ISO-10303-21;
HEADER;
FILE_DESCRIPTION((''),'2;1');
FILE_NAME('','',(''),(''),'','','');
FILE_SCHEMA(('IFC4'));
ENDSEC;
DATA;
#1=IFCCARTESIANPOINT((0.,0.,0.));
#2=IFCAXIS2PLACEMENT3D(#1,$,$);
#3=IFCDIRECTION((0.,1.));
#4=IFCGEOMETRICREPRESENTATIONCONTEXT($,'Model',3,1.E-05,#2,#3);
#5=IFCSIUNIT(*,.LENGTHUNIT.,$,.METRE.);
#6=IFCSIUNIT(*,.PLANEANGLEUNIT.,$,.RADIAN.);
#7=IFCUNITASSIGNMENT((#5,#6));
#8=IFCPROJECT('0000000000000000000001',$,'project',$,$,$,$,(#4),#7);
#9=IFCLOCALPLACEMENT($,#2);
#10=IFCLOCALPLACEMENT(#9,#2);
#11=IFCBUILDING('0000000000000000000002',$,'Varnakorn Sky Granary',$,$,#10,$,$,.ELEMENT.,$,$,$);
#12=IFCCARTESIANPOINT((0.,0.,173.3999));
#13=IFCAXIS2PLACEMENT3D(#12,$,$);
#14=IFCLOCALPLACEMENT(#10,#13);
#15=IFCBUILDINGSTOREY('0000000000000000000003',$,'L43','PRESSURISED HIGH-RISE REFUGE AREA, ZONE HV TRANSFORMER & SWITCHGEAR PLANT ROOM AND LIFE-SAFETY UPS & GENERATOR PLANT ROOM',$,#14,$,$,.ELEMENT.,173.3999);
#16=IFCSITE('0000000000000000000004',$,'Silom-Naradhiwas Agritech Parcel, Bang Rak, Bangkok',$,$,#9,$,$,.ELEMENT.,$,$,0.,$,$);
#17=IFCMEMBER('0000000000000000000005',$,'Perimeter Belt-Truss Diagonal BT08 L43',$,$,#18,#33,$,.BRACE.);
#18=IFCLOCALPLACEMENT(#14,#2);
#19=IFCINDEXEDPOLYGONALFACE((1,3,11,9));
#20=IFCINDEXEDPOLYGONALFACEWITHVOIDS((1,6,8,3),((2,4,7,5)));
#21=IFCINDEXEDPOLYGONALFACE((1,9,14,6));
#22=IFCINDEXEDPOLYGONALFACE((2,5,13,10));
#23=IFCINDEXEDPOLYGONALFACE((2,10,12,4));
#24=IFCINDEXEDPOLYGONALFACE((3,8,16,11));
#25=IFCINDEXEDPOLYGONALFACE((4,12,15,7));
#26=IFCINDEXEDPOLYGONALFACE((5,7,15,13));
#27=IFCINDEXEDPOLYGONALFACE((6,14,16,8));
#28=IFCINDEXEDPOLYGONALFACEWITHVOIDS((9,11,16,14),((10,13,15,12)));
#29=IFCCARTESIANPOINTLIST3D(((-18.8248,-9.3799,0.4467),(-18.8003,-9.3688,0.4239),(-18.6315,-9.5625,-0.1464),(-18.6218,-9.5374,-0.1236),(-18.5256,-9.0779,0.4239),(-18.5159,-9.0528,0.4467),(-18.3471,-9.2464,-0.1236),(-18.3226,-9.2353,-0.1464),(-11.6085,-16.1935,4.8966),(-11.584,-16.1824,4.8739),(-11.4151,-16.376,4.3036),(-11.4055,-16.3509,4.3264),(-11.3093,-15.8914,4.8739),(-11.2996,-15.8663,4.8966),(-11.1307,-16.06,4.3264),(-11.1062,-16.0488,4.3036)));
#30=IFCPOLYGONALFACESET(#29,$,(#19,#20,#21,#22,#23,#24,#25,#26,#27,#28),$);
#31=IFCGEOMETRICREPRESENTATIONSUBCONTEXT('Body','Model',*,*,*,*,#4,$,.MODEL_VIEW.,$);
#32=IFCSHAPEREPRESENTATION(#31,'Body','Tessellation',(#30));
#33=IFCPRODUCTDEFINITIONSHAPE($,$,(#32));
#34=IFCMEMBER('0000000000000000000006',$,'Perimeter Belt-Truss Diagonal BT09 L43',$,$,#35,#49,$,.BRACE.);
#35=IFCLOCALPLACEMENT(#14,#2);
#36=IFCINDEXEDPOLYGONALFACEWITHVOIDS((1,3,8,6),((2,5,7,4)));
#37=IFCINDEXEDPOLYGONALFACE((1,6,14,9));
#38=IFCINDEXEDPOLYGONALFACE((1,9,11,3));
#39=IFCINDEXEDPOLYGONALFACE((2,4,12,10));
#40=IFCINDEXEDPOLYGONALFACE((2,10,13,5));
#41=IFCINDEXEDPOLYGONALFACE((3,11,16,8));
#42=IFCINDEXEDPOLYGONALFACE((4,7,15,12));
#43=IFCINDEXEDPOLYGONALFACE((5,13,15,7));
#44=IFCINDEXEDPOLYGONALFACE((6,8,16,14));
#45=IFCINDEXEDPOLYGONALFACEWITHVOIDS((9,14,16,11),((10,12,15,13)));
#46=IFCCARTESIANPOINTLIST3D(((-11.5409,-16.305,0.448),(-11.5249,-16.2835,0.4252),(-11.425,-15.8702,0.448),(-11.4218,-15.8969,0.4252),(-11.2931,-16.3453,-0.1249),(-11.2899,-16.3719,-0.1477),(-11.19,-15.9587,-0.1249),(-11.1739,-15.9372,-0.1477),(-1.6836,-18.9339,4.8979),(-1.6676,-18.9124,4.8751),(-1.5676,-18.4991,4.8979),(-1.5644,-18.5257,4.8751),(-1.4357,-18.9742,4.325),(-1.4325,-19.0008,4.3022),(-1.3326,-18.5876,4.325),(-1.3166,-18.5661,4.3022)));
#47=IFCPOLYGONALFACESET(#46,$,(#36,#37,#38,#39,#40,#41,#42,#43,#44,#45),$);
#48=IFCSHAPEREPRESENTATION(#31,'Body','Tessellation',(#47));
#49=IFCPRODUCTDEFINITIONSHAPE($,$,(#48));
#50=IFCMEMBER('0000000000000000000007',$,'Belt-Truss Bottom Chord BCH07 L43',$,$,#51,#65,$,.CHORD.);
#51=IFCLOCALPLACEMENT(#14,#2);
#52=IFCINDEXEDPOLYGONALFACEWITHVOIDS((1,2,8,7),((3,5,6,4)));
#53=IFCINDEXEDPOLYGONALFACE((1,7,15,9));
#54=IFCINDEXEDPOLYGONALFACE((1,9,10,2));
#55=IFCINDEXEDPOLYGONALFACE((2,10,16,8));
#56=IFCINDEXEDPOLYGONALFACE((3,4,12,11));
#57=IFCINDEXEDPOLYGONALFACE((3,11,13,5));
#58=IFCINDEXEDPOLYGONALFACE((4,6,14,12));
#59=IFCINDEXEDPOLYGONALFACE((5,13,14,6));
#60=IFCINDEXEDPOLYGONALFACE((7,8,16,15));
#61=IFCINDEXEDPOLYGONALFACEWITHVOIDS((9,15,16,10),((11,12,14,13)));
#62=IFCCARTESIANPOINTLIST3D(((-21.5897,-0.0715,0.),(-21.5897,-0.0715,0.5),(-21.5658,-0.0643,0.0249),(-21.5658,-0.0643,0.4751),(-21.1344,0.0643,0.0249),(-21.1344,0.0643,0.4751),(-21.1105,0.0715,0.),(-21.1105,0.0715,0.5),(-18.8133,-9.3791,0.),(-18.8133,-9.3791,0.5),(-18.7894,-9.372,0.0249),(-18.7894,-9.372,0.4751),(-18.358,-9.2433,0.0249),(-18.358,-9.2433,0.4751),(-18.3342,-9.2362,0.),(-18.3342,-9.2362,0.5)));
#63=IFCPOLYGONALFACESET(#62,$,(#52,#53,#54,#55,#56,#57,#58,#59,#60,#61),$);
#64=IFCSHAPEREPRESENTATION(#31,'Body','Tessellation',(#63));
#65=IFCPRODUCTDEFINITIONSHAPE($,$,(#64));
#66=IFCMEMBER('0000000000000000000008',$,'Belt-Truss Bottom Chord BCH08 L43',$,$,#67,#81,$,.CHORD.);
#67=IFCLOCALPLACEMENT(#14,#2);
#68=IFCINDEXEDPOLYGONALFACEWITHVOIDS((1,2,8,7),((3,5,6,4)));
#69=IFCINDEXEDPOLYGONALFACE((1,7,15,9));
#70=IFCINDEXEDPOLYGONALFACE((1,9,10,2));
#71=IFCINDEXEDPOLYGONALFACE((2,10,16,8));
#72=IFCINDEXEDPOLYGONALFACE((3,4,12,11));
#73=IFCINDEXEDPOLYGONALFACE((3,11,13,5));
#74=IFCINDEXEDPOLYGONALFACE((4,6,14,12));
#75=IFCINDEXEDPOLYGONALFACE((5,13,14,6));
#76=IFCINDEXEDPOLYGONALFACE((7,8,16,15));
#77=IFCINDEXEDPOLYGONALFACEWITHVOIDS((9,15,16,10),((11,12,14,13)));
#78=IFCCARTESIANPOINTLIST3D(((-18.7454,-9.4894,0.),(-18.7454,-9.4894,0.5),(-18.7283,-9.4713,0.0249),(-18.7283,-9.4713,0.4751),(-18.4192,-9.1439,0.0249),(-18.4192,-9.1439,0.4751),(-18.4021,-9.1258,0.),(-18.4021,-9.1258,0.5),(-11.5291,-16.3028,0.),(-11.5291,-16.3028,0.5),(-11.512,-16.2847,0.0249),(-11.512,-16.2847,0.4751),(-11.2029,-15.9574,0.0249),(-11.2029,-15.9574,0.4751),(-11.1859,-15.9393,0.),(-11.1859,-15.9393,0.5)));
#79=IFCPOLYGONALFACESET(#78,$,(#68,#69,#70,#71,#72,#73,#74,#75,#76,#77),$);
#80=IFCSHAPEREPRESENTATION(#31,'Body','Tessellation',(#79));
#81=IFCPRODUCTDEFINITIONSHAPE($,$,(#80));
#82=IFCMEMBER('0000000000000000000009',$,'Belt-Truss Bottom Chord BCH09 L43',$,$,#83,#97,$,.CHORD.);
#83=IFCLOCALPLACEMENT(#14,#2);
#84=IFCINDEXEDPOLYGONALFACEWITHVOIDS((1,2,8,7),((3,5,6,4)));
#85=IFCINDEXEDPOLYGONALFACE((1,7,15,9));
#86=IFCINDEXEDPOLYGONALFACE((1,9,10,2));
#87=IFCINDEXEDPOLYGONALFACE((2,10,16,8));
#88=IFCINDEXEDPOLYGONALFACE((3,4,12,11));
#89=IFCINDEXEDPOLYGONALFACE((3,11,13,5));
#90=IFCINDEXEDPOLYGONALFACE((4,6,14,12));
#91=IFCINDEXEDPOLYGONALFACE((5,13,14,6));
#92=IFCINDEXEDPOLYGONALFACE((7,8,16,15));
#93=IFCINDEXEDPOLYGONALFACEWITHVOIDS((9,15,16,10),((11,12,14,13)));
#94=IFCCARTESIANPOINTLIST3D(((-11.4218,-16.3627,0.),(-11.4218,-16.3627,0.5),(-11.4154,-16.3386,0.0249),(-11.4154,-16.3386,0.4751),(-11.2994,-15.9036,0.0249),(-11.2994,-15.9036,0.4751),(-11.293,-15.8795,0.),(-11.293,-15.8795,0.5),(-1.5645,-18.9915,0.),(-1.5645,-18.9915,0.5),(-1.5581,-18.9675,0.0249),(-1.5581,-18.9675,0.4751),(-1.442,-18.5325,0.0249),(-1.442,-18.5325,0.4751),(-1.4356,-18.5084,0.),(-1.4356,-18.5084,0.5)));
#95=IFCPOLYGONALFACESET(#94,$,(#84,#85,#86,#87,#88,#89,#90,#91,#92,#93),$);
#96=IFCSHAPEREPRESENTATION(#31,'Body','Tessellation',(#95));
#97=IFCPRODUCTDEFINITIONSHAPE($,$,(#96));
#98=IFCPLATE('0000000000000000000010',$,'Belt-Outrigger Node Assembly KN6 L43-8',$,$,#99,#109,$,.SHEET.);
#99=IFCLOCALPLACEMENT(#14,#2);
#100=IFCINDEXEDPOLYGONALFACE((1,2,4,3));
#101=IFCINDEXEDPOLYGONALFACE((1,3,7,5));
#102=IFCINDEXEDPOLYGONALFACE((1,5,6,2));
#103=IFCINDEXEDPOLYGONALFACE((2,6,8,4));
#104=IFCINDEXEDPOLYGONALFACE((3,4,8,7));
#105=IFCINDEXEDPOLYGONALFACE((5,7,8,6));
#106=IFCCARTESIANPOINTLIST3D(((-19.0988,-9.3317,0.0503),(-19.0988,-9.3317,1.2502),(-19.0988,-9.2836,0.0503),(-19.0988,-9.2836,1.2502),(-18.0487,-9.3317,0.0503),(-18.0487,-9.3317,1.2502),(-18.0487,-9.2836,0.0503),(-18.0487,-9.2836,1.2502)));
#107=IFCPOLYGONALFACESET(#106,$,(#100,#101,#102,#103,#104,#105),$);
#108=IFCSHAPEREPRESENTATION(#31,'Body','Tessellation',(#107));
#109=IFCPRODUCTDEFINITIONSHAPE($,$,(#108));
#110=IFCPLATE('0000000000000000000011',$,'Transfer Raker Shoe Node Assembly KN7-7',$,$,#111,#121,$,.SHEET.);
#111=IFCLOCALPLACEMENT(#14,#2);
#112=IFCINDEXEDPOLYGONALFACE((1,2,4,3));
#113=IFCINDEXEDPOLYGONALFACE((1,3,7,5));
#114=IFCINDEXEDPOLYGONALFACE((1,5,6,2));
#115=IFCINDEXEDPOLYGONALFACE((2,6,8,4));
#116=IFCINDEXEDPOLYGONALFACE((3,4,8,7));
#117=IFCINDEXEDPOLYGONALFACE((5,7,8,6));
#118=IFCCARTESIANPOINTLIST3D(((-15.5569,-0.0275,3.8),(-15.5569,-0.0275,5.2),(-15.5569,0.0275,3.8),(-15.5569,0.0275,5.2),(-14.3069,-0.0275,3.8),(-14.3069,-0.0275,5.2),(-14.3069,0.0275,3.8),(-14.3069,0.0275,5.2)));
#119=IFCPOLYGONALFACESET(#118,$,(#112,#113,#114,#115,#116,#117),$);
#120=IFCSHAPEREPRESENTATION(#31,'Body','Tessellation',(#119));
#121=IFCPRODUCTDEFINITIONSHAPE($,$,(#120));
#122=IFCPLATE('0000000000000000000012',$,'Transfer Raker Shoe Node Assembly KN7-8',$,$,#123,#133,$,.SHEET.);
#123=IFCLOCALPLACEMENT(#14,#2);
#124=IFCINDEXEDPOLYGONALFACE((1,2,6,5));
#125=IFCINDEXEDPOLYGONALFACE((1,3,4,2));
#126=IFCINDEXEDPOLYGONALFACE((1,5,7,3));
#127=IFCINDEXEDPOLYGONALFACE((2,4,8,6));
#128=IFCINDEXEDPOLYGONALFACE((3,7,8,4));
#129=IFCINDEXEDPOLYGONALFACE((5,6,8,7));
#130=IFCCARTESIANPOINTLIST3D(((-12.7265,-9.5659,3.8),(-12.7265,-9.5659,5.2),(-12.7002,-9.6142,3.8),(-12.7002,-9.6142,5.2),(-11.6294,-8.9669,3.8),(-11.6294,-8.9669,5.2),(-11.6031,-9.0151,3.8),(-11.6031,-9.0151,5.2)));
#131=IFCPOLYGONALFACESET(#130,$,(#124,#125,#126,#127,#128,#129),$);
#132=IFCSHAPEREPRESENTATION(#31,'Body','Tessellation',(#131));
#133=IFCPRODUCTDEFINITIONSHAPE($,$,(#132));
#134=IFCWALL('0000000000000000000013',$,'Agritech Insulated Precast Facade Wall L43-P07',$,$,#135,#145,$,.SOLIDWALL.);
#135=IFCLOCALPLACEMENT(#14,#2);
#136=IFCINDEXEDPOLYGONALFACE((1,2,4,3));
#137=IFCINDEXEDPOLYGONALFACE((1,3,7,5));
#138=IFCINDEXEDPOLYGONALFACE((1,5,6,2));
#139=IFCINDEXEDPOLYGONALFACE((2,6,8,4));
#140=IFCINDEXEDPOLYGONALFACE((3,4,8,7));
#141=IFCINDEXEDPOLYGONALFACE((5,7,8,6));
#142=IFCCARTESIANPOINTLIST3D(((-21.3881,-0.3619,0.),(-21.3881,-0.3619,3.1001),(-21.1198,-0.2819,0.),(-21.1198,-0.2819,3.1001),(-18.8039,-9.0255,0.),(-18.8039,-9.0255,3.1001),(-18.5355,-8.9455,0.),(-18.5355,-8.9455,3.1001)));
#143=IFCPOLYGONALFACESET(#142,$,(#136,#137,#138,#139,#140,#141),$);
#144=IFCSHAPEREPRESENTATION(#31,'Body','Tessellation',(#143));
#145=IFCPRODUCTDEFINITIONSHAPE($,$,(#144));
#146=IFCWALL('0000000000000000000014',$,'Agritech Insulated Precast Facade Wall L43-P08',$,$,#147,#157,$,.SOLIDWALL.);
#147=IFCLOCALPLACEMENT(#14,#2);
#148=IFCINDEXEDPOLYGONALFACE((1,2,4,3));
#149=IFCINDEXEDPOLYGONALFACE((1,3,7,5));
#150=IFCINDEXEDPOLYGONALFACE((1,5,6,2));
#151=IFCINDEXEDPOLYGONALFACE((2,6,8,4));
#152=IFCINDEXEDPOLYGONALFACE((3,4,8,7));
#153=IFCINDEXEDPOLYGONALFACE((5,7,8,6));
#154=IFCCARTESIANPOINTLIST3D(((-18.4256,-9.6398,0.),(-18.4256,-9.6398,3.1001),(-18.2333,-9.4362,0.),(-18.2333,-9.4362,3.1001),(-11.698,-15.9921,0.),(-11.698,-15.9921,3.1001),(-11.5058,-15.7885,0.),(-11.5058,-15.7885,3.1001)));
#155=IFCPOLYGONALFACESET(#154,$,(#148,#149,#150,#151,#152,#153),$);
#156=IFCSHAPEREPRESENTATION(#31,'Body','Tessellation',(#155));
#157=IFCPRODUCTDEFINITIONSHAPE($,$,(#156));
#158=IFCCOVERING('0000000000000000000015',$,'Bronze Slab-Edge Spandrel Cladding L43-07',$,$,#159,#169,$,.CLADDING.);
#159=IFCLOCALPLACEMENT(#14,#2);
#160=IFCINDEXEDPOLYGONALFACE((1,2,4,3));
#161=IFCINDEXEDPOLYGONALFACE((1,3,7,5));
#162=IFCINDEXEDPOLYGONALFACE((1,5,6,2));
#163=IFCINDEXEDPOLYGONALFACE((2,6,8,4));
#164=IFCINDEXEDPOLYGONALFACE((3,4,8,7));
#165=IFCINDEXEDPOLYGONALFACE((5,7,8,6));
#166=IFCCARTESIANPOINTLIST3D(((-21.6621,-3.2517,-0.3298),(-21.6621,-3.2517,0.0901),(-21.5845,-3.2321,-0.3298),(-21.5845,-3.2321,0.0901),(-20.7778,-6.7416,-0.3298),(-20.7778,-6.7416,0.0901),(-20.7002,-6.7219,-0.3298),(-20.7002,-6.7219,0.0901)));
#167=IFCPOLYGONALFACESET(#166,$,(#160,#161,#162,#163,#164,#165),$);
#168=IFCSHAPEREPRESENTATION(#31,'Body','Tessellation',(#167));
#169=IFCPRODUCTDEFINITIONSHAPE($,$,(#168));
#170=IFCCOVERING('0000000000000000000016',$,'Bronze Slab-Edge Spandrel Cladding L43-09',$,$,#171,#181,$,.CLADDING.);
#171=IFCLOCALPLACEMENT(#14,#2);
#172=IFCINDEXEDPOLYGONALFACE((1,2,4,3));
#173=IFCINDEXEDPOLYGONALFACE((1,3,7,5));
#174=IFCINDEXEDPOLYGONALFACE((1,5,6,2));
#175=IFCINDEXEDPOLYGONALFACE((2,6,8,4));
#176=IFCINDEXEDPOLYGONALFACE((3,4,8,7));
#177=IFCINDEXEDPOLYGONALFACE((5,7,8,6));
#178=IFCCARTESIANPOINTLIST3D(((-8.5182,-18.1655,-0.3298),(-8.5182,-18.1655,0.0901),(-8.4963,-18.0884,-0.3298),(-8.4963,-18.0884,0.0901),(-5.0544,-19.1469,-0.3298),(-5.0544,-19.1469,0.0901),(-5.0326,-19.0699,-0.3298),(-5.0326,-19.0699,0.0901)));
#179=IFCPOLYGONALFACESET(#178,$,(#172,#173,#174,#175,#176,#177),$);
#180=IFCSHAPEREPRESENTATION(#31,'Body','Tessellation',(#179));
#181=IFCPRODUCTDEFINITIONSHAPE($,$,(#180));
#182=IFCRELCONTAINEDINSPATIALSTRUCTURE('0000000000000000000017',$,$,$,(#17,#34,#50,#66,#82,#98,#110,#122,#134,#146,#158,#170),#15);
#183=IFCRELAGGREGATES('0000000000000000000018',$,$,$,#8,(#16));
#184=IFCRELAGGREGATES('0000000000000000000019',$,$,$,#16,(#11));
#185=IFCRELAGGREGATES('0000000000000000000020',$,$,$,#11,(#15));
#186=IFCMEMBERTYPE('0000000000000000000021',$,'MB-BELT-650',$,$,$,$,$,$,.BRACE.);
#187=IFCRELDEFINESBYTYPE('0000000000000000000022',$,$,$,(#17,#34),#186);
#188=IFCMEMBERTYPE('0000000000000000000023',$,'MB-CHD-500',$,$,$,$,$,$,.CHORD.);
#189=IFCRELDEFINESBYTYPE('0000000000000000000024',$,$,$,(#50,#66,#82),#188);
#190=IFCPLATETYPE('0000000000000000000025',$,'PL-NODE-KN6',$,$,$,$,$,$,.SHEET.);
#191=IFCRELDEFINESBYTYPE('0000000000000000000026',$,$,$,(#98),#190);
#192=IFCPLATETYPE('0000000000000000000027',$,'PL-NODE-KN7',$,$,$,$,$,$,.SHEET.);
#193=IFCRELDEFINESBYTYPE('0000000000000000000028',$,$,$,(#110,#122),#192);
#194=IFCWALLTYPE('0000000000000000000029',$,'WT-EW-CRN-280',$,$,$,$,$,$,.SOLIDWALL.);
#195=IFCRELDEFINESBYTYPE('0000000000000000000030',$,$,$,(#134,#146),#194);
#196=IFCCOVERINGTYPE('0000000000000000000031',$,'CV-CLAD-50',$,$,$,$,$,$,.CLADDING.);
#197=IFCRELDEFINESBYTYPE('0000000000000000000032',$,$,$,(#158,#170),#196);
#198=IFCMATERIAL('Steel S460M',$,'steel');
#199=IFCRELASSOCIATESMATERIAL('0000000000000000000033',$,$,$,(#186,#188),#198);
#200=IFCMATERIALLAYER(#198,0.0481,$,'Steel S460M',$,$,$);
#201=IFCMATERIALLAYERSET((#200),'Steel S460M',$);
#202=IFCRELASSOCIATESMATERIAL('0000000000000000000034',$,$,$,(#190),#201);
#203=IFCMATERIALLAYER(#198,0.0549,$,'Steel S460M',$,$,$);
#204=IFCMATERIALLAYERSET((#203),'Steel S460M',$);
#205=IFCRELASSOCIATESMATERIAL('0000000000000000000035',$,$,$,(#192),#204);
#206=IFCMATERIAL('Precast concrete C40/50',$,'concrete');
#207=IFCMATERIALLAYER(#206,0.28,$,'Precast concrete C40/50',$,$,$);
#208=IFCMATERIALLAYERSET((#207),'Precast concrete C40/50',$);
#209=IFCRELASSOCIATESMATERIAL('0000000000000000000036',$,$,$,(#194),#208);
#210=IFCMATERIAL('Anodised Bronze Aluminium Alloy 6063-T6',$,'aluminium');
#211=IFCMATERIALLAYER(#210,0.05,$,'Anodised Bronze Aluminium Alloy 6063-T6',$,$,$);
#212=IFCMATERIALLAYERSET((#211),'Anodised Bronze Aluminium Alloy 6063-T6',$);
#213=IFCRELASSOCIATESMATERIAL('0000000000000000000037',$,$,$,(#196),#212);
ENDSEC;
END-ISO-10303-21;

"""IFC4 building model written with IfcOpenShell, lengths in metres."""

from ifc_helpers import new_model, si_unit, direction, frame, frame_2d, origin, origin_2d, place, context, subcontext, project, spatial, rectangle, hollow_rectangle, extrude, source, transform, mapped, material, layer, layer_set, material_profile, profile_set, type_object, element, save


model = new_model("IFC4")

# Units and contexts
model_context = context("Model", 3, precision=1e-05, world=origin(), true_north=direction((0.0, 1.0)))
body_context = subcontext(model_context, "Body", "Model", "MODEL_VIEW")
ifc_project = project(units=[si_unit("LENGTHUNIT", "METRE"), si_unit("PLANEANGLEUNIT", "RADIAN")], contexts=[model_context])

# Site, building, storey
site_placement = place(None, origin())
site = spatial("IfcSite", under=ifc_project, at=site_placement, Name="Silom-Naradhiwas Agritech Parcel, Bang Rak, Bangkok", CompositionType="ELEMENT", RefElevation=0.0)
building_placement = place(site_placement, origin())
building = spatial("IfcBuilding", under=site, at=building_placement, Name="Varnakorn Sky Granary", CompositionType="ELEMENT")
storey_placement = place(building_placement, frame((0.0, 0.0, 173.3999)))
storey = spatial("IfcBuildingStorey", under=building, at=storey_placement, Name="L43", Description="PRESSURISED HIGH-RISE REFUGE AREA, ZONE HV TRANSFORMER & SWITCHGEAR PLANT ROOM AND LIFE-SAFETY UPS & GENERATOR PLANT ROOM", CompositionType="ELEMENT", Elevation=173.3999)

# Shared definitions
ifc_material_1 = material(Name="Steel S460M", Category="steel")

# Members
ifc_material_profile_1 = material_profile(ifc_material_1, hollow_rectangle(XDim=0.45, YDim=0.6499, WallThickness=0.0249, at=origin_2d()), Name="RHS 450x650x25")
ifc_profile_set_1 = profile_set([ifc_material_profile_1], Name="Steel S460M")
member_type_1 = type_object("IfcMemberType", Name="MB-BELT-650", PredefinedType="BRACE", material=ifc_profile_set_1)
member_1_placement = place(storey_placement, frame((-18.5737, -9.3076, 0.1501), z_axis=(0.66347, -0.626434, 0.40913), x_axis=(0.686521, 0.72711, 0.0)))
element("IfcMember", 1, at=member_1_placement, inside=storey, type_object=member_type_1, Name="Perimeter Belt-Truss Diagonal BT08 L43", PredefinedType="BRACE", context=body_context, shape_type="SweptSolid", body=[
    extrude(hollow_rectangle(XDim=0.45, YDim=0.6499, WallThickness=0.0249, at=origin_2d()), origin(), (0.0, 0.0, 1.0), 10.8767),
])
member_2_placement = place(storey_placement, frame((-11.3574, -16.1211, 0.1501), z_axis=(0.885644, -0.236195, 0.399808), x_axis=(0.257686, 0.966229, 0.0)))
element("IfcMember", 2, at=member_2_placement, inside=storey, type_object=member_type_1, Name="Perimeter Belt-Truss Diagonal BT09 L43", PredefinedType="BRACE", context=body_context, shape_type="SweptSolid", body=[
    extrude(hollow_rectangle(XDim=0.45, YDim=0.6499, WallThickness=0.0249, at=origin_2d()), origin(), (0.0, 0.0, 1.0), 11.1301),
])
ifc_material_profile_2 = material_profile(ifc_material_1, hollow_rectangle(XDim=0.5, YDim=0.5, WallThickness=0.0249, at=origin_2d()), Name="SHS 500x500x25")
ifc_profile_set_2 = profile_set([ifc_material_profile_2], Name="Steel S460M")
member_type_2 = type_object("IfcMemberType", Name="MB-CHD-500", PredefinedType="CHORD", material=ifc_profile_set_2)
member_3_placement = place(storey_placement, frame((-21.3501, 0.0, 0.25), z_axis=(0.285844, -0.958276, 0.0), x_axis=(0.958276, 0.285844, 0.0)))
element("IfcMember", 3, at=member_3_placement, inside=storey, type_object=member_type_2, Name="Belt-Truss Bottom Chord BCH07 L43", PredefinedType="CHORD", context=body_context, shape_type="SweptSolid", body=[
    extrude(hollow_rectangle(XDim=0.5, YDim=0.5, WallThickness=0.0249, at=origin_2d()), origin(), (0.0, 0.0, 1.0), 9.7129),
])
member_4_placement = place(storey_placement, frame((-18.5737, -9.3076, 0.25), z_axis=(0.72711, -0.686521, 0.0), x_axis=(0.686521, 0.72711, 0.0)))
element("IfcMember", 4, at=member_4_placement, inside=storey, type_object=member_type_2, Name="Belt-Truss Bottom Chord BCH08 L43", PredefinedType="CHORD", context=body_context, shape_type="SweptSolid", body=[
    extrude(hollow_rectangle(XDim=0.5, YDim=0.5, WallThickness=0.0249, at=origin_2d()), origin(), (0.0, 0.0, 1.0), 9.9246),
])
member_5_placement = place(storey_placement, frame((-11.3574, -16.1211, 0.25), z_axis=(0.966229, -0.257686, 0.0), x_axis=(0.257686, 0.966229, 0.0)))
element("IfcMember", 5, at=member_5_placement, inside=storey, type_object=member_type_2, Name="Belt-Truss Bottom Chord BCH09 L43", PredefinedType="CHORD", context=body_context, shape_type="SweptSolid", body=[
    extrude(hollow_rectangle(XDim=0.5, YDim=0.5, WallThickness=0.0249, at=origin_2d()), origin(), (0.0, 0.0, 1.0), 10.2019),
])

# Plates
ifc_layer_1 = layer(ifc_material_1, 0.0481, Name="Steel S460M")
ifc_layer_set_1 = layer_set([ifc_layer_1], Name="Steel S460M")
plate_type_1 = type_object("IfcPlateType", Name="PL-NODE-KN6", PredefinedType="SHEET", material=ifc_layer_set_1)
plate_placement = place(storey_placement, frame((-18.5737, -9.3076, 0.0503), z_axis=(0.0, 0.0, 1.0), x_axis=(1.0, 0.0, 0.0)))
element("IfcPlate", 6, at=plate_placement, inside=storey, type_object=plate_type_1, Name="Belt-Outrigger Node Assembly KN6 L43-8", PredefinedType="SHEET", context=body_context, shape_type="SweptSolid", body=[
    extrude(rectangle(XDim=1.05, YDim=0.0481, at=origin_2d()), origin(), (0.0, 0.0, 1.0), 1.2),
])
ifc_layer_2 = layer(ifc_material_1, 0.0549, Name="Steel S460M")
ifc_layer_set_2 = layer_set([ifc_layer_2], Name="Steel S460M")
plate_type_2 = type_object("IfcPlateType", Name="PL-NODE-KN7", PredefinedType="SHEET", material=ifc_layer_set_2)
for number, where, z_axis, x_axis, name in (
    (7, (-14.9319, 0.0, 3.8), (0.0, 0.0, 1.0), (-1.0, 0.0, 0.0), "Transfer Raker Shoe Node Assembly KN7-7"),
    (8, (-12.1648, -9.2905, 3.8), (0.0, 0.0, 1.0), (-0.877685, -0.479238, 0.0), "Transfer Raker Shoe Node Assembly KN7-8"),
):
    element("IfcPlate", number, at=place(storey_placement, frame(where, z_axis=z_axis, x_axis=x_axis)), inside=storey, type_object=plate_type_2, Name=name, PredefinedType="SHEET", context=body_context, shape_type="SweptSolid", body=[
        extrude(rectangle(XDim=1.25, YDim=0.0549, at=origin_2d()), origin(), (0.0, 0.0, 1.0), 1.3999),
    ])

# Walls
ifc_material_2 = material(Name="Precast concrete C40/50", Category="concrete")
ifc_layer_3 = layer(ifc_material_2, 0.28, Name="Precast concrete C40/50")
ifc_layer_set_3 = layer_set([ifc_layer_3], Name="Precast concrete C40/50")
wall_type = type_object("IfcWallType", Name="WT-EW-CRN-280", PredefinedType="SOLIDWALL", material=ifc_layer_set_3)
wall_1_placement = place(storey_placement, frame((-18.6697, -8.9856, 0.0), z_axis=(0.0, 0.0, 1.0), x_axis=(-0.285841, 0.958277, 0.0)))
element("IfcWall", 9, at=wall_1_placement, inside=storey, type_object=wall_type, Name="Agritech Insulated Precast Facade Wall L43-P07", PredefinedType="SOLIDWALL", context=body_context, shape_type="SweptSolid", body=[
    extrude(rectangle(XDim=9.0408, YDim=0.28, at=frame_2d((4.5205, 0.0))), origin(), (0.0, 0.0, 1.0), 3.1001),
])
wall_2_placement = place(storey_placement, frame((-11.6018, -15.8904, 0.0), z_axis=(0.0, 0.0, 1.0), x_axis=(-0.727094, 0.686538, 0.0)))
element("IfcWall", 10, at=wall_2_placement, inside=storey, type_object=wall_type, Name="Agritech Insulated Precast Facade Wall L43-P08", PredefinedType="SOLIDWALL", context=body_context, shape_type="SweptSolid", body=[
    extrude(rectangle(XDim=9.2527, YDim=0.28, at=frame_2d((4.6265, 0.0))), origin(), (0.0, 0.0, 1.0), 3.1001),
])

# Coverings
ifc_material_3 = material(Name="Anodised Bronze Aluminium Alloy 6063-T6", Category="aluminium")
ifc_layer_4 = layer(ifc_material_3, 0.05, Name="Anodised Bronze Aluminium Alloy 6063-T6")
ifc_layer_set_4 = layer_set([ifc_layer_4], Name="Anodised Bronze Aluminium Alloy 6063-T6")
covering_type = type_object("IfcCoveringType", Name="CV-CLAD-50", PredefinedType="CLADDING", material=ifc_layer_set_4)
shared_shape_1 = source(origin(), body_context, "Body", "SweptSolid", [
    extrude(rectangle(XDim=3.6001, YDim=0.0801, at=origin_2d()), origin(), (0.0, 0.0, 1.0), 0.4199),
])
for number, where, z_axis, x_axis, name in (
    (11, (-21.1812, -4.9868, -0.3298), (0.0, 0.0, 1.0), (0.245621, -0.969366, 0.0), "Bronze Slab-Edge Spandrel Cladding L43-07"),
    (12, (-6.7754, -18.6177, -0.3298), (0.0, 0.0, 1.0), (0.962122, -0.272619, 0.0), "Bronze Slab-Edge Spandrel Cladding L43-09"),
):
    element("IfcCovering", number, at=place(storey_placement, frame(where, z_axis=z_axis, x_axis=x_axis)), inside=storey, type_object=covering_type, Name=name, PredefinedType="CLADDING", context=body_context, shape_type="MappedRepresentation", body=[
        mapped(shared_shape_1, transform((0.0, 0.0, 0.0), x_axis=(1.0, 0.0, 0.0), y_axis=(0.0, 1.0, 0.0), z_axis=(0.0, 0.0, 1.0), scale=1.0)),
    ])

save(model, "model.ifc")
